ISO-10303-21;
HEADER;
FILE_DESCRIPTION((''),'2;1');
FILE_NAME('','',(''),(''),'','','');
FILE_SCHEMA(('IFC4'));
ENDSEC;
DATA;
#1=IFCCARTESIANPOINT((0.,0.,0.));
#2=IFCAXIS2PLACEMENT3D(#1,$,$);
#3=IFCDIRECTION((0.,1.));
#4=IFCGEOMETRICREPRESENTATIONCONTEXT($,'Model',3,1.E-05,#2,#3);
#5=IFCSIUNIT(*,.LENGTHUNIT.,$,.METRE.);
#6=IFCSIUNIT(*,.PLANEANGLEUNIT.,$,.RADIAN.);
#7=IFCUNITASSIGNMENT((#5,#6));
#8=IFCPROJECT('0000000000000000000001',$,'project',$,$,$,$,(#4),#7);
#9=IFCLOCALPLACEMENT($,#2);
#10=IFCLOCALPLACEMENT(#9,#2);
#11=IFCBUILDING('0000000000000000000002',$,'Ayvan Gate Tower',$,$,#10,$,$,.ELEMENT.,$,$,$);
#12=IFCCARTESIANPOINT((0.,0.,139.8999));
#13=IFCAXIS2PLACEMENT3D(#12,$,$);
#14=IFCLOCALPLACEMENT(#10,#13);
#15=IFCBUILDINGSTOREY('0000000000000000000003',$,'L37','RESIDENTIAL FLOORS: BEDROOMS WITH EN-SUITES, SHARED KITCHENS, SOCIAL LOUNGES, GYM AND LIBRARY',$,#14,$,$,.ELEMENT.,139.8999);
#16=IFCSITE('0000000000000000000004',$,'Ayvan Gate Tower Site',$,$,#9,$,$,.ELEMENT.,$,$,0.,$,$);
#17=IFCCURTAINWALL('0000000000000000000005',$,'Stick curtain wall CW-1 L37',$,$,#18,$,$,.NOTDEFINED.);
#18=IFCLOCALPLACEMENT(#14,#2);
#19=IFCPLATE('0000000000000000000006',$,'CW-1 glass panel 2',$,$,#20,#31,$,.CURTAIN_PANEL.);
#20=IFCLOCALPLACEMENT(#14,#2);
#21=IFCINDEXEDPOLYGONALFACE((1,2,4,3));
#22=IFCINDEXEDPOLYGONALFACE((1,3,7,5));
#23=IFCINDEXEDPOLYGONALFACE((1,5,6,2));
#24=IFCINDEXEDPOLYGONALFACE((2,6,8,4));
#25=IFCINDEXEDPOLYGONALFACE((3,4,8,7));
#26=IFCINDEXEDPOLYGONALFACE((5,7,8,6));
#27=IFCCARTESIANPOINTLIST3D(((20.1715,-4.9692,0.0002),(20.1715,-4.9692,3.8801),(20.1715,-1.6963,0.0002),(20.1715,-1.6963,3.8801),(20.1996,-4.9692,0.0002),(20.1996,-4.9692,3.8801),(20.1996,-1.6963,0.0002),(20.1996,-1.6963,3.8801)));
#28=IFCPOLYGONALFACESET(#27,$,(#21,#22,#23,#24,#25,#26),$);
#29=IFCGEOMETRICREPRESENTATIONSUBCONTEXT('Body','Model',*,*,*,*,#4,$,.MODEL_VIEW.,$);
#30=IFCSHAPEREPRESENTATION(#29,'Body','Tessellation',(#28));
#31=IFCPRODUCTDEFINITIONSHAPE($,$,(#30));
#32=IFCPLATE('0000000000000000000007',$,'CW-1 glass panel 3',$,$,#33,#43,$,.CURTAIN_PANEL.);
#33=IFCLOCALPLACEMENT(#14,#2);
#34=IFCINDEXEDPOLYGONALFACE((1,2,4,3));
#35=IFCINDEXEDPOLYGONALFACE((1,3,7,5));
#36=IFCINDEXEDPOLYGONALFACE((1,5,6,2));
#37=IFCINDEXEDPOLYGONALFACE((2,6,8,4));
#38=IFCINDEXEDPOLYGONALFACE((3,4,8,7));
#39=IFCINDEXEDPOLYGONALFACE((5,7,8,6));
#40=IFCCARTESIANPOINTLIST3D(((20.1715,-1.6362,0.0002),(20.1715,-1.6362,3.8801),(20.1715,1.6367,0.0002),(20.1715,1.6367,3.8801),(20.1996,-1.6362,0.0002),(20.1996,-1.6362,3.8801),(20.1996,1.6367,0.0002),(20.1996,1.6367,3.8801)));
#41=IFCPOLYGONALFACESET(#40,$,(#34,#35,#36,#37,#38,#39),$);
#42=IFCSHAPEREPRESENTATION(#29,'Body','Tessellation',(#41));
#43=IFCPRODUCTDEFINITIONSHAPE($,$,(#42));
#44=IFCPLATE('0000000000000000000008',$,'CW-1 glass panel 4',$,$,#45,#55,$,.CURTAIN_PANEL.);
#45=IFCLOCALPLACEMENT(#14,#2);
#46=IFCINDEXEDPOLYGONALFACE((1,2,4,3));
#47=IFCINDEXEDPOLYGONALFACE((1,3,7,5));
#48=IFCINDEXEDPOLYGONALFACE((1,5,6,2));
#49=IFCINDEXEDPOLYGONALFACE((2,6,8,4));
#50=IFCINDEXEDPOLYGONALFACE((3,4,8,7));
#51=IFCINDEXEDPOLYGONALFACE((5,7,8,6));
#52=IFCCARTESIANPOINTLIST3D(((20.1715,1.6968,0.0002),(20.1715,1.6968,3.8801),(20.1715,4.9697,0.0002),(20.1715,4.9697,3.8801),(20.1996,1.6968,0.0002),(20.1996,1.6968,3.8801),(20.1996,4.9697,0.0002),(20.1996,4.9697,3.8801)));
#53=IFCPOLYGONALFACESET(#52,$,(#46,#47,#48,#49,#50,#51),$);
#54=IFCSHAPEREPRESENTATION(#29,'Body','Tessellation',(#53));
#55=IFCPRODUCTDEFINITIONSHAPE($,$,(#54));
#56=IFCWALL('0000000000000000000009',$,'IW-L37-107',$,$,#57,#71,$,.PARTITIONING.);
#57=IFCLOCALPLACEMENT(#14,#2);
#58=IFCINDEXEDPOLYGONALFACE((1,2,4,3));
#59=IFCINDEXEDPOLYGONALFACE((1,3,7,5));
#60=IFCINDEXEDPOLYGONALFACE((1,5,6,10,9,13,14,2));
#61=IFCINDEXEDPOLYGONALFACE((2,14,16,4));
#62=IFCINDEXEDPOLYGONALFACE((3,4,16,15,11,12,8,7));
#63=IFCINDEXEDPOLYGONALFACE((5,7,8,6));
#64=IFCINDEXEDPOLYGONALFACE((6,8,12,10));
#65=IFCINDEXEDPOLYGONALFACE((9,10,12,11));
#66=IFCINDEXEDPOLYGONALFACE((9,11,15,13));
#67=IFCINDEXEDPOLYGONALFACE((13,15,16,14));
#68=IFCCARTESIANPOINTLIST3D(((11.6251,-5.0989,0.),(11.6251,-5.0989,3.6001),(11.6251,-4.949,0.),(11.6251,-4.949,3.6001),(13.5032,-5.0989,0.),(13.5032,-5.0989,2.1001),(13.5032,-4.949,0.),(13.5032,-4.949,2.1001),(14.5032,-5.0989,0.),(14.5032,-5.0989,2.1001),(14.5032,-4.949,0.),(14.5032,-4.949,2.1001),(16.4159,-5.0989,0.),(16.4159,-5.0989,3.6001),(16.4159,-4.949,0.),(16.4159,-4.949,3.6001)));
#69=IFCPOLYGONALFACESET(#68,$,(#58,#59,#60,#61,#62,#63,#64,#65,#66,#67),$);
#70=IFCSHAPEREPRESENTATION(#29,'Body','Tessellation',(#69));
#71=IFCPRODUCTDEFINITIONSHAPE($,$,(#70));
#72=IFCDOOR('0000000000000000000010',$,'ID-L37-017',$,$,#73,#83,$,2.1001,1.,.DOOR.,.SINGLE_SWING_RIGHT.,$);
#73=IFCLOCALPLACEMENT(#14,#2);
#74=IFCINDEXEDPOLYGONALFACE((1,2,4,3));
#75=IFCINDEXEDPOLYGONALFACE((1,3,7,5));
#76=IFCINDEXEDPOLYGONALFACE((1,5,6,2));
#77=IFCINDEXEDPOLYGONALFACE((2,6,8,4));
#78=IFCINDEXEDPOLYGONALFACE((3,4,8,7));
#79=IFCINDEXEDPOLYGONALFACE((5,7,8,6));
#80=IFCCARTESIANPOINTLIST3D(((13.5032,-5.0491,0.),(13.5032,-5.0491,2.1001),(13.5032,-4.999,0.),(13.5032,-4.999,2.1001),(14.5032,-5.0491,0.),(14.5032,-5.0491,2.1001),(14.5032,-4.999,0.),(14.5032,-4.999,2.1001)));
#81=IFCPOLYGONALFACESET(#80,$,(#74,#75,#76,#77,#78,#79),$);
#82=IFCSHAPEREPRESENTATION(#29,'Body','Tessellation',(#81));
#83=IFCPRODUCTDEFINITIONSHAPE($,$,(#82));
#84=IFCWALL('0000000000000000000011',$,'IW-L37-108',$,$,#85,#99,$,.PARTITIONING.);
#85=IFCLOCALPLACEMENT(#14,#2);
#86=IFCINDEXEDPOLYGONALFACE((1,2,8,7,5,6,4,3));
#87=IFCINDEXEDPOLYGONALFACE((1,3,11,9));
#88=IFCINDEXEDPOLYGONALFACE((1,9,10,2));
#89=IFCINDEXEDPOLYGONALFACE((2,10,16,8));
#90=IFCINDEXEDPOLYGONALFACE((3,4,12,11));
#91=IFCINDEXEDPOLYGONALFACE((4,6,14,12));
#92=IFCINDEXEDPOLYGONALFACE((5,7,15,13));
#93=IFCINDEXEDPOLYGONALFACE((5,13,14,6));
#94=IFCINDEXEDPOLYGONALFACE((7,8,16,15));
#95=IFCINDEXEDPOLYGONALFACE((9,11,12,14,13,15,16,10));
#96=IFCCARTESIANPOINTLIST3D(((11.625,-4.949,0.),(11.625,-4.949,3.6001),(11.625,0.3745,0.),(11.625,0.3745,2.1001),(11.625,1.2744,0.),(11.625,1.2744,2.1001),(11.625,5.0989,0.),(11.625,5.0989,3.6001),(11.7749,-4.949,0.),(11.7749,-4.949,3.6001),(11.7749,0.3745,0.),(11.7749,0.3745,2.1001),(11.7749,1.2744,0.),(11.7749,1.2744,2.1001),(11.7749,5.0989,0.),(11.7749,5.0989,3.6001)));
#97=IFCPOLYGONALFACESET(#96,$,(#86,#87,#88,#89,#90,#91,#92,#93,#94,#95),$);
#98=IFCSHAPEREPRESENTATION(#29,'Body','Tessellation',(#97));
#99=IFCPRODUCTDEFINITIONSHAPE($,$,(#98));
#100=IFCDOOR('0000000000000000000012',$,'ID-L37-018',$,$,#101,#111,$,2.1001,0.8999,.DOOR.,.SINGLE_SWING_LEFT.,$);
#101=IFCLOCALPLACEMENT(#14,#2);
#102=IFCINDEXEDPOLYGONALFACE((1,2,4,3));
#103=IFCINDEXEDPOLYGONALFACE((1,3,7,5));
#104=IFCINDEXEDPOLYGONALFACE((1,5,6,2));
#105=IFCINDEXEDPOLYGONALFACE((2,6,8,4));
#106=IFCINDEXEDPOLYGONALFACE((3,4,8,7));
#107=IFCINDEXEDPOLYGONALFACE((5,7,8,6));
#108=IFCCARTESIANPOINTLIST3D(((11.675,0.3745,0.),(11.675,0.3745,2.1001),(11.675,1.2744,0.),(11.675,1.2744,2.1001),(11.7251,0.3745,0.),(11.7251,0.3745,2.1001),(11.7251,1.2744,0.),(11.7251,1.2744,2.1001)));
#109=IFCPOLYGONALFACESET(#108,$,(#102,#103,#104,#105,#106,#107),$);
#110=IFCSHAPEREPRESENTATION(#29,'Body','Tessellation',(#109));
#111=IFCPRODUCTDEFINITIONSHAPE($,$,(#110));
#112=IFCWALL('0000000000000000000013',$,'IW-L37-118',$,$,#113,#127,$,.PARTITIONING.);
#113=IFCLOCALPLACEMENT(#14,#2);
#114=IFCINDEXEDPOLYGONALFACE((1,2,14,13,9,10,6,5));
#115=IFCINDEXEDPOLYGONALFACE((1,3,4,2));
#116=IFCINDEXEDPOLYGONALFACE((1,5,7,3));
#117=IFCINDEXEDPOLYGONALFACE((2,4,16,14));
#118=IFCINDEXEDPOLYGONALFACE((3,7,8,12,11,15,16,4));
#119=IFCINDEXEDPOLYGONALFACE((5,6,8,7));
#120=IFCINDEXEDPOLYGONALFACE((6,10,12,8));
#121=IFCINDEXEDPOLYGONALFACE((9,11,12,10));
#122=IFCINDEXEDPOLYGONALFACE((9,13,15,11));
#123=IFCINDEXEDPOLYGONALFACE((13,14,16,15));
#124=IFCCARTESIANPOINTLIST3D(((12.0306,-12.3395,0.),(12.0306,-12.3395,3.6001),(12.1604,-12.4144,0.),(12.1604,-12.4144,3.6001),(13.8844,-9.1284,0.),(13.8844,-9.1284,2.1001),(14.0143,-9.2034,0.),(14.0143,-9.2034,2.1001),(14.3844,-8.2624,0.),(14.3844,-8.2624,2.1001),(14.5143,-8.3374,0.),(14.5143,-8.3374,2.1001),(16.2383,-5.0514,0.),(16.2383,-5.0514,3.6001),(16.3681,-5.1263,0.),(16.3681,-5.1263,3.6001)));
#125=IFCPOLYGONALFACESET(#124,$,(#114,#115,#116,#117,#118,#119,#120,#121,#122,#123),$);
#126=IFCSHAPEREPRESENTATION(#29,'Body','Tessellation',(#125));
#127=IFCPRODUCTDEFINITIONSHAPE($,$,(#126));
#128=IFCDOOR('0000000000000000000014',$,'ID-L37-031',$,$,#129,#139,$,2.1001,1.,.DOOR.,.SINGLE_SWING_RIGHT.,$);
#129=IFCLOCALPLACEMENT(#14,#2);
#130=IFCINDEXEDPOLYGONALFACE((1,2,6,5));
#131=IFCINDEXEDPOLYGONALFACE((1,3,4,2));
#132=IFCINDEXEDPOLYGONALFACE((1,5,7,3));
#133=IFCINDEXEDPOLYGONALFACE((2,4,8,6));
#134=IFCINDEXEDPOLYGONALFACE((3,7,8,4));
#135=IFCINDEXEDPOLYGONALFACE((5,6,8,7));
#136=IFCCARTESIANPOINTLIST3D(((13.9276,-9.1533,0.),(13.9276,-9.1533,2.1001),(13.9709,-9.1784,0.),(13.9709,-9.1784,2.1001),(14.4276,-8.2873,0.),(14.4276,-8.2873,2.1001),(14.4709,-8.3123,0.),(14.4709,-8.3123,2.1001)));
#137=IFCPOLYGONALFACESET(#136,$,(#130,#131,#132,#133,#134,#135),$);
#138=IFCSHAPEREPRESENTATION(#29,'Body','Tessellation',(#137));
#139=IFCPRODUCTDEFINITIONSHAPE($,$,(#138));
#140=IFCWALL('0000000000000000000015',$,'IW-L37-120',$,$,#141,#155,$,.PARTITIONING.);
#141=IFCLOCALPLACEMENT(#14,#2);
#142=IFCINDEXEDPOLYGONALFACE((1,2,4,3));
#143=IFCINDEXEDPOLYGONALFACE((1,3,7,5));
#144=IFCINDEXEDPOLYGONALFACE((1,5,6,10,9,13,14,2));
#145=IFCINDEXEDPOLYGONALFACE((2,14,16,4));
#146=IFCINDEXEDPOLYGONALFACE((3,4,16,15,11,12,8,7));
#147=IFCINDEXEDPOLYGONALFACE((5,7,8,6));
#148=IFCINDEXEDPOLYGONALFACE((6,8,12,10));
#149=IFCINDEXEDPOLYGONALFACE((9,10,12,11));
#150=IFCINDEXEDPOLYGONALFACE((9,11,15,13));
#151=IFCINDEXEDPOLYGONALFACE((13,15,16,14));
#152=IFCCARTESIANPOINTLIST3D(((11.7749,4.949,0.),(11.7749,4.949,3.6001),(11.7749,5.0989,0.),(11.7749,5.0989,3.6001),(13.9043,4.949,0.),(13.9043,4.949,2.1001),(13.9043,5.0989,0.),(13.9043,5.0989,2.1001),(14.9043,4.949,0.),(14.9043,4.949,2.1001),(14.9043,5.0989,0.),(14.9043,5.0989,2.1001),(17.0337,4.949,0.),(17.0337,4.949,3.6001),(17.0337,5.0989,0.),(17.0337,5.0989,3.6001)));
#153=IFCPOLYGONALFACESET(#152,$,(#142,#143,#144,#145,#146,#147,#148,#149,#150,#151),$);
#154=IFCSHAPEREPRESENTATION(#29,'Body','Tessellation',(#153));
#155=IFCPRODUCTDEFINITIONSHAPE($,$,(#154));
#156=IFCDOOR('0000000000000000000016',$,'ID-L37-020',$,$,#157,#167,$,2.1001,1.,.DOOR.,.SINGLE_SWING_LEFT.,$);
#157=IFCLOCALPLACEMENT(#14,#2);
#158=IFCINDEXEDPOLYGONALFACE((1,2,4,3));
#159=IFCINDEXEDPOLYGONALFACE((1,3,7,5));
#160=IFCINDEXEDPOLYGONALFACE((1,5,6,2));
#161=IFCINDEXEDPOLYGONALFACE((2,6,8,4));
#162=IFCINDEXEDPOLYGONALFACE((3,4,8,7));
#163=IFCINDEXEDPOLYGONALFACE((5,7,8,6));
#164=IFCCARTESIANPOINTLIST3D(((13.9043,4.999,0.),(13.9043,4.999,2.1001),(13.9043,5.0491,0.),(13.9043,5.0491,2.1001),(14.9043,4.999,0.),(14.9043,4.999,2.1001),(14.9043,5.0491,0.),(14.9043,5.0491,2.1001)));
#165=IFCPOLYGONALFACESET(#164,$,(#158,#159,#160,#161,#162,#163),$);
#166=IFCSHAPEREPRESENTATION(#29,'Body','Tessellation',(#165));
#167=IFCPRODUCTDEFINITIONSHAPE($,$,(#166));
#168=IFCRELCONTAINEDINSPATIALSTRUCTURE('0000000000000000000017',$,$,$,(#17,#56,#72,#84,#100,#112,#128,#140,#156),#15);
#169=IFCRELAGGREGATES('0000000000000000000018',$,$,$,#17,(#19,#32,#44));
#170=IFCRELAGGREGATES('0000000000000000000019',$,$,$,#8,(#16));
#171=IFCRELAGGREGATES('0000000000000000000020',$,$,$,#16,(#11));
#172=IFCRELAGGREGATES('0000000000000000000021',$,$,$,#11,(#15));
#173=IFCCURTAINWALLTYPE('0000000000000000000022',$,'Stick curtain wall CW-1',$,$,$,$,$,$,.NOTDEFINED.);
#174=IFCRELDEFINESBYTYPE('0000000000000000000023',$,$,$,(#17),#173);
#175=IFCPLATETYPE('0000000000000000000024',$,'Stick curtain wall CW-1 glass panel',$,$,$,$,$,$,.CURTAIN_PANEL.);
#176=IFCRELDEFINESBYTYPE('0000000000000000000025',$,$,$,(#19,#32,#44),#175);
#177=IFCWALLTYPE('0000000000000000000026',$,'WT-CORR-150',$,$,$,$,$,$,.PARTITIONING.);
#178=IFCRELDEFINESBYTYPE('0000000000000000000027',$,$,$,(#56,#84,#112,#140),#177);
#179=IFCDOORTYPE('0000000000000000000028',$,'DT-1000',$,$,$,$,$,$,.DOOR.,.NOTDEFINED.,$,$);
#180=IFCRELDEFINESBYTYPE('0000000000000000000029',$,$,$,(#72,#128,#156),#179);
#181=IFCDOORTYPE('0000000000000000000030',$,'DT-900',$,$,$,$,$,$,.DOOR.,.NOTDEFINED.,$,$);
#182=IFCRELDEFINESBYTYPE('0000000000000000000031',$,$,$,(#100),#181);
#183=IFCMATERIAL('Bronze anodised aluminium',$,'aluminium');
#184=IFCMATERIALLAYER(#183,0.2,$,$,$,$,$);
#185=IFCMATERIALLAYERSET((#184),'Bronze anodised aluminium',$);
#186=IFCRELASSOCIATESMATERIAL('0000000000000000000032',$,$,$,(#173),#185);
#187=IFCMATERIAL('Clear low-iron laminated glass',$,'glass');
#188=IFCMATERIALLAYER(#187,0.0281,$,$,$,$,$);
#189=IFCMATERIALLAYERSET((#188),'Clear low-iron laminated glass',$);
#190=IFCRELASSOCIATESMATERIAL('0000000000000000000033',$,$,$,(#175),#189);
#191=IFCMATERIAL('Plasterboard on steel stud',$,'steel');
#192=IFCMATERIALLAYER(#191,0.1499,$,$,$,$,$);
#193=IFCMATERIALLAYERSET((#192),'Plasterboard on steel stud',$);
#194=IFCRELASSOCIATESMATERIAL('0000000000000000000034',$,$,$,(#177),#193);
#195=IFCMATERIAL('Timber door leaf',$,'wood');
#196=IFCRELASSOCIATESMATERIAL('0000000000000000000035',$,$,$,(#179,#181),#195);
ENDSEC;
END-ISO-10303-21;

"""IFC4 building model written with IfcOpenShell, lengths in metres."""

from ifc_helpers import new_model, si_unit, direction, frame, frame_2d, origin, origin_2d, place, context, subcontext, project, spatial, rectangle, extrude, material, layer, layer_set, type_object, element, fill, aggregate, save


model = new_model("IFC4")

# Units and contexts
model_context = context("Model", 3, precision=1e-05, world=origin(), true_north=direction((0.0, 1.0)))
body_context = subcontext(model_context, "Body", "Model", "MODEL_VIEW")
ifc_project = project(units=[si_unit("LENGTHUNIT", "METRE"), si_unit("PLANEANGLEUNIT", "RADIAN")], contexts=[model_context])

# Site, building, storey
site_placement = place(None, origin())
site = spatial("IfcSite", under=ifc_project, at=site_placement, Name="Ayvan Gate Tower Site", CompositionType="ELEMENT", RefElevation=0.0)
building_placement = place(site_placement, origin())
building = spatial("IfcBuilding", under=site, at=building_placement, Name="Ayvan Gate Tower", CompositionType="ELEMENT")
storey_placement = place(building_placement, frame((0.0, 0.0, 139.8999)))
storey = spatial("IfcBuildingStorey", under=building, at=storey_placement, Name="L37", Description="RESIDENTIAL FLOORS: BEDROOMS WITH EN-SUITES, SHARED KITCHENS, SOCIAL LOUNGES, GYM AND LIBRARY", CompositionType="ELEMENT", Elevation=139.8999)

# Curtain wall
ifc_material_1 = material(Name="Bronze anodised aluminium", Category="aluminium")
ifc_layer_1 = layer(ifc_material_1, 0.2)
ifc_layer_set_1 = layer_set([ifc_layer_1], Name="Bronze anodised aluminium")
curtain_wall_type_1 = type_object("IfcCurtainWallType", Name="Stick curtain wall CW-1", PredefinedType="NOTDEFINED", material=ifc_layer_set_1)
curtain_wall_1_placement = place(storey_placement, origin())
curtain_wall_1 = element("IfcCurtainWall", 1, at=curtain_wall_1_placement, inside=storey, type_object=curtain_wall_type_1, Name="Stick curtain wall CW-1 L37", PredefinedType="NOTDEFINED")

# Plates
ifc_material_2 = material(Name="Clear low-iron laminated glass", Category="glass")
ifc_layer_2 = layer(ifc_material_2, 0.0281)
ifc_layer_set_2 = layer_set([ifc_layer_2], Name="Clear low-iron laminated glass")
plate_type = type_object("IfcPlateType", Name="Stick curtain wall CW-1 glass panel", PredefinedType="CURTAIN_PANEL", material=ifc_layer_set_2)
plate_1_placement = place(storey_placement, frame((20.1855, -3.3328, 0.0002), z_axis=(0.0, 0.0, 1.0), x_axis=(0.0, 1.0, 0.0)))
plate_1 = element("IfcPlate", 2, at=plate_1_placement, type_object=plate_type, Name="CW-1 glass panel 2", PredefinedType="CURTAIN_PANEL", context=body_context, shape_type="SweptSolid", body=[
    extrude(rectangle(XDim=3.2729, YDim=0.0281, at=origin_2d()), origin(), (0.0, 0.0, 1.0), 3.8799),
])
plate_2_placement = place(storey_placement, frame((20.1855, 0.0002, 0.0002), z_axis=(0.0, 0.0, 1.0), x_axis=(0.0, 1.0, 0.0)))
plate_2 = element("IfcPlate", 3, at=plate_2_placement, type_object=plate_type, Name="CW-1 glass panel 3", PredefinedType="CURTAIN_PANEL", context=body_context, shape_type="SweptSolid", body=[
    extrude(rectangle(XDim=3.2729, YDim=0.0281, at=origin_2d()), origin(), (0.0, 0.0, 1.0), 3.8799),
])
plate_3_placement = place(storey_placement, frame((20.1855, 3.3333, 0.0002), z_axis=(0.0, 0.0, 1.0), x_axis=(0.0, 1.0, 0.0)))
plate_3 = element("IfcPlate", 4, at=plate_3_placement, type_object=plate_type, Name="CW-1 glass panel 4", PredefinedType="CURTAIN_PANEL", context=body_context, shape_type="SweptSolid", body=[
    extrude(rectangle(XDim=3.2729, YDim=0.0281, at=origin_2d()), origin(), (0.0, 0.0, 1.0), 3.8799),
])
aggregate(curtain_wall_1, [plate_1, plate_2, plate_3])

# Walls, openings, doors
ifc_material_3 = material(Name="Plasterboard on steel stud", Category="steel")
ifc_layer_3 = layer(ifc_material_3, 0.1499)
ifc_layer_set_3 = layer_set([ifc_layer_3], Name="Plasterboard on steel stud")
wall_type_1 = type_object("IfcWallType", Name="WT-CORR-150", PredefinedType="PARTITIONING", material=ifc_layer_set_3)
wall_1_placement = place(storey_placement, frame((11.625, -5.0239, 0.0), z_axis=(0.0, 0.0, 1.0), x_axis=(1.0, 0.0, 0.0)))
wall_1 = element("IfcWall", 5, at=wall_1_placement, inside=storey, type_object=wall_type_1, Name="IW-L37-107", PredefinedType="PARTITIONING", context=body_context, shape_type="SweptSolid", body=[
    extrude(rectangle(XDim=4.7908, YDim=0.1499, at=frame_2d((2.3955, 0.0))), origin(), (0.0, 0.0, 1.0), 3.6001),
])
opening_1_placement = place(wall_1_placement, frame((1.8782, 0.0, 0.0)))
opening_1 = element("IfcOpeningElement", 6, at=opening_1_placement, cuts=wall_1, PredefinedType="OPENING", context=body_context, shape_type="SweptSolid", body=[
    extrude(rectangle(XDim=1.0, YDim=2.1001, at=frame_2d((0.5, 1.05))), frame((0.0, 0.085, 0.0), z_axis=(0.0, -1.0, 0.0), x_axis=(1.0, 0.0, 0.0)), (0.0, 0.0, 1.0), 0.1699),
])
ifc_material_4 = material(Name="Timber door leaf", Category="wood")
door_type_1 = type_object("IfcDoorType", Name="DT-1000", OperationType="NOTDEFINED", PredefinedType="DOOR", material=ifc_material_4)
door_1_placement = place(opening_1_placement, origin())
door_1 = element("IfcDoor", 7, at=door_1_placement, inside=storey, type_object=door_type_1, Name="ID-L37-017", OperationType="SINGLE_SWING_RIGHT", OverallHeight=2.1001, OverallWidth=1.0, PredefinedType="DOOR", context=body_context, shape_type="SweptSolid", body=[
    extrude(rectangle(XDim=1.0, YDim=2.1001, at=frame_2d((0.5, 1.05))), frame((0.0, 0.0249, 0.0), z_axis=(0.0, -1.0, 0.0), x_axis=(1.0, 0.0, 0.0)), (0.0, 0.0, 1.0), 0.05),
])
fill(opening_1, door_1)
wall_2_placement = place(storey_placement, frame((11.7, -4.949, 0.0), z_axis=(0.0, 0.0, 1.0), x_axis=(0.0, 1.0, 0.0)))
wall_2 = element("IfcWall", 8, at=wall_2_placement, inside=storey, type_object=wall_type_1, Name="IW-L37-108", PredefinedType="PARTITIONING", context=body_context, shape_type="SweptSolid", body=[
    extrude(rectangle(XDim=10.0479, YDim=0.1499, at=frame_2d((5.0239, 0.0))), origin(), (0.0, 0.0, 1.0), 3.6001),
])
opening_2_placement = place(wall_2_placement, frame((5.3235, 0.0, 0.0)))
opening_2 = element("IfcOpeningElement", 9, at=opening_2_placement, cuts=wall_2, PredefinedType="OPENING", context=body_context, shape_type="SweptSolid", body=[
    extrude(rectangle(XDim=0.8999, YDim=2.1001, at=frame_2d((0.45, 1.05))), frame((0.0, 0.085, 0.0), z_axis=(0.0, -1.0, 0.0), x_axis=(1.0, 0.0, 0.0)), (0.0, 0.0, 1.0), 0.1699),
])
door_type_2 = type_object("IfcDoorType", Name="DT-900", OperationType="NOTDEFINED", PredefinedType="DOOR", material=ifc_material_4)
door_2_placement = place(opening_2_placement, origin())
door_2 = element("IfcDoor", 10, at=door_2_placement, inside=storey, type_object=door_type_2, Name="ID-L37-018", OperationType="SINGLE_SWING_LEFT", OverallHeight=2.1001, OverallWidth=0.8999, PredefinedType="DOOR", context=body_context, shape_type="SweptSolid", body=[
    extrude(rectangle(XDim=0.8999, YDim=2.1001, at=frame_2d((0.45, 1.05))), frame((0.0, 0.0249, 0.0), z_axis=(0.0, -1.0, 0.0), x_axis=(1.0, 0.0, 0.0)), (0.0, 0.0, 1.0), 0.05),
])
fill(opening_2, door_2)
wall_3_placement = place(storey_placement, frame((16.3032, -5.0889, 0.0), z_axis=(0.0, 0.0, 1.0), x_axis=(-0.499999, -0.866026, 0.0)))
wall_3 = element("IfcWall", 11, at=wall_3_placement, inside=storey, type_object=wall_type_1, Name="IW-L37-118", PredefinedType="PARTITIONING", context=body_context, shape_type="SweptSolid", body=[
    extrude(rectangle(XDim=8.4155, YDim=0.1499, at=frame_2d((4.2078, 0.0))), origin(), (0.0, 0.0, 1.0), 3.6001),
])
opening_3_placement = place(wall_3_placement, frame((3.7078, 0.0, 0.0)))
opening_3 = element("IfcOpeningElement", 12, at=opening_3_placement, cuts=wall_3, PredefinedType="OPENING", context=body_context, shape_type="SweptSolid", body=[
    extrude(rectangle(XDim=1.0, YDim=2.1001, at=frame_2d((0.5, 1.05))), frame((0.0, 0.085, 0.0), z_axis=(0.0, -1.0, 0.0), x_axis=(1.0, 0.0, 0.0)), (0.0, 0.0, 1.0), 0.1699),
])
door_3_placement = place(opening_3_placement, origin())
door_3 = element("IfcDoor", 13, at=door_3_placement, inside=storey, type_object=door_type_1, Name="ID-L37-031", OperationType="SINGLE_SWING_RIGHT", OverallHeight=2.1001, OverallWidth=1.0, PredefinedType="DOOR", context=body_context, shape_type="SweptSolid", body=[
    extrude(rectangle(XDim=1.0, YDim=2.1001, at=frame_2d((0.5, 1.05))), frame((0.0, 0.0249, 0.0), z_axis=(0.0, -1.0, 0.0), x_axis=(1.0, 0.0, 0.0)), (0.0, 0.0, 1.0), 0.05),
])
fill(opening_3, door_3)
wall_4_placement = place(storey_placement, frame((17.0337, 5.0239, 0.0), z_axis=(0.0, 0.0, 1.0), x_axis=(-1.0, 0.0, 0.0)))
wall_4 = element("IfcWall", 14, at=wall_4_placement, inside=storey, type_object=wall_type_1, Name="IW-L37-120", PredefinedType="PARTITIONING", context=body_context, shape_type="SweptSolid", body=[
    extrude(rectangle(XDim=5.2588, YDim=0.1499, at=frame_2d((2.6294, 0.0))), origin(), (0.0, 0.0, 1.0), 3.6001),
])
opening_4_placement = place(wall_4_placement, frame((2.1294, 0.0, 0.0)))
opening_4 = element("IfcOpeningElement", 15, at=opening_4_placement, cuts=wall_4, PredefinedType="OPENING", context=body_context, shape_type="SweptSolid", body=[
    extrude(rectangle(XDim=1.0, YDim=2.1001, at=frame_2d((0.5, 1.05))), frame((0.0, 0.085, 0.0), z_axis=(0.0, -1.0, 0.0), x_axis=(1.0, 0.0, 0.0)), (0.0, 0.0, 1.0), 0.1699),
])
door_4_placement = place(opening_4_placement, origin())
door_4 = element("IfcDoor", 16, at=door_4_placement, inside=storey, type_object=door_type_1, Name="ID-L37-020", OperationType="SINGLE_SWING_LEFT", OverallHeight=2.1001, OverallWidth=1.0, PredefinedType="DOOR", context=body_context, shape_type="SweptSolid", body=[
    extrude(rectangle(XDim=1.0, YDim=2.1001, at=frame_2d((0.5, 1.05))), frame((0.0, 0.0249, 0.0), z_axis=(0.0, -1.0, 0.0), x_axis=(1.0, 0.0, 0.0)), (0.0, 0.0, 1.0), 0.05),
])
fill(opening_4, door_4)

save(model, "model.ifc")
